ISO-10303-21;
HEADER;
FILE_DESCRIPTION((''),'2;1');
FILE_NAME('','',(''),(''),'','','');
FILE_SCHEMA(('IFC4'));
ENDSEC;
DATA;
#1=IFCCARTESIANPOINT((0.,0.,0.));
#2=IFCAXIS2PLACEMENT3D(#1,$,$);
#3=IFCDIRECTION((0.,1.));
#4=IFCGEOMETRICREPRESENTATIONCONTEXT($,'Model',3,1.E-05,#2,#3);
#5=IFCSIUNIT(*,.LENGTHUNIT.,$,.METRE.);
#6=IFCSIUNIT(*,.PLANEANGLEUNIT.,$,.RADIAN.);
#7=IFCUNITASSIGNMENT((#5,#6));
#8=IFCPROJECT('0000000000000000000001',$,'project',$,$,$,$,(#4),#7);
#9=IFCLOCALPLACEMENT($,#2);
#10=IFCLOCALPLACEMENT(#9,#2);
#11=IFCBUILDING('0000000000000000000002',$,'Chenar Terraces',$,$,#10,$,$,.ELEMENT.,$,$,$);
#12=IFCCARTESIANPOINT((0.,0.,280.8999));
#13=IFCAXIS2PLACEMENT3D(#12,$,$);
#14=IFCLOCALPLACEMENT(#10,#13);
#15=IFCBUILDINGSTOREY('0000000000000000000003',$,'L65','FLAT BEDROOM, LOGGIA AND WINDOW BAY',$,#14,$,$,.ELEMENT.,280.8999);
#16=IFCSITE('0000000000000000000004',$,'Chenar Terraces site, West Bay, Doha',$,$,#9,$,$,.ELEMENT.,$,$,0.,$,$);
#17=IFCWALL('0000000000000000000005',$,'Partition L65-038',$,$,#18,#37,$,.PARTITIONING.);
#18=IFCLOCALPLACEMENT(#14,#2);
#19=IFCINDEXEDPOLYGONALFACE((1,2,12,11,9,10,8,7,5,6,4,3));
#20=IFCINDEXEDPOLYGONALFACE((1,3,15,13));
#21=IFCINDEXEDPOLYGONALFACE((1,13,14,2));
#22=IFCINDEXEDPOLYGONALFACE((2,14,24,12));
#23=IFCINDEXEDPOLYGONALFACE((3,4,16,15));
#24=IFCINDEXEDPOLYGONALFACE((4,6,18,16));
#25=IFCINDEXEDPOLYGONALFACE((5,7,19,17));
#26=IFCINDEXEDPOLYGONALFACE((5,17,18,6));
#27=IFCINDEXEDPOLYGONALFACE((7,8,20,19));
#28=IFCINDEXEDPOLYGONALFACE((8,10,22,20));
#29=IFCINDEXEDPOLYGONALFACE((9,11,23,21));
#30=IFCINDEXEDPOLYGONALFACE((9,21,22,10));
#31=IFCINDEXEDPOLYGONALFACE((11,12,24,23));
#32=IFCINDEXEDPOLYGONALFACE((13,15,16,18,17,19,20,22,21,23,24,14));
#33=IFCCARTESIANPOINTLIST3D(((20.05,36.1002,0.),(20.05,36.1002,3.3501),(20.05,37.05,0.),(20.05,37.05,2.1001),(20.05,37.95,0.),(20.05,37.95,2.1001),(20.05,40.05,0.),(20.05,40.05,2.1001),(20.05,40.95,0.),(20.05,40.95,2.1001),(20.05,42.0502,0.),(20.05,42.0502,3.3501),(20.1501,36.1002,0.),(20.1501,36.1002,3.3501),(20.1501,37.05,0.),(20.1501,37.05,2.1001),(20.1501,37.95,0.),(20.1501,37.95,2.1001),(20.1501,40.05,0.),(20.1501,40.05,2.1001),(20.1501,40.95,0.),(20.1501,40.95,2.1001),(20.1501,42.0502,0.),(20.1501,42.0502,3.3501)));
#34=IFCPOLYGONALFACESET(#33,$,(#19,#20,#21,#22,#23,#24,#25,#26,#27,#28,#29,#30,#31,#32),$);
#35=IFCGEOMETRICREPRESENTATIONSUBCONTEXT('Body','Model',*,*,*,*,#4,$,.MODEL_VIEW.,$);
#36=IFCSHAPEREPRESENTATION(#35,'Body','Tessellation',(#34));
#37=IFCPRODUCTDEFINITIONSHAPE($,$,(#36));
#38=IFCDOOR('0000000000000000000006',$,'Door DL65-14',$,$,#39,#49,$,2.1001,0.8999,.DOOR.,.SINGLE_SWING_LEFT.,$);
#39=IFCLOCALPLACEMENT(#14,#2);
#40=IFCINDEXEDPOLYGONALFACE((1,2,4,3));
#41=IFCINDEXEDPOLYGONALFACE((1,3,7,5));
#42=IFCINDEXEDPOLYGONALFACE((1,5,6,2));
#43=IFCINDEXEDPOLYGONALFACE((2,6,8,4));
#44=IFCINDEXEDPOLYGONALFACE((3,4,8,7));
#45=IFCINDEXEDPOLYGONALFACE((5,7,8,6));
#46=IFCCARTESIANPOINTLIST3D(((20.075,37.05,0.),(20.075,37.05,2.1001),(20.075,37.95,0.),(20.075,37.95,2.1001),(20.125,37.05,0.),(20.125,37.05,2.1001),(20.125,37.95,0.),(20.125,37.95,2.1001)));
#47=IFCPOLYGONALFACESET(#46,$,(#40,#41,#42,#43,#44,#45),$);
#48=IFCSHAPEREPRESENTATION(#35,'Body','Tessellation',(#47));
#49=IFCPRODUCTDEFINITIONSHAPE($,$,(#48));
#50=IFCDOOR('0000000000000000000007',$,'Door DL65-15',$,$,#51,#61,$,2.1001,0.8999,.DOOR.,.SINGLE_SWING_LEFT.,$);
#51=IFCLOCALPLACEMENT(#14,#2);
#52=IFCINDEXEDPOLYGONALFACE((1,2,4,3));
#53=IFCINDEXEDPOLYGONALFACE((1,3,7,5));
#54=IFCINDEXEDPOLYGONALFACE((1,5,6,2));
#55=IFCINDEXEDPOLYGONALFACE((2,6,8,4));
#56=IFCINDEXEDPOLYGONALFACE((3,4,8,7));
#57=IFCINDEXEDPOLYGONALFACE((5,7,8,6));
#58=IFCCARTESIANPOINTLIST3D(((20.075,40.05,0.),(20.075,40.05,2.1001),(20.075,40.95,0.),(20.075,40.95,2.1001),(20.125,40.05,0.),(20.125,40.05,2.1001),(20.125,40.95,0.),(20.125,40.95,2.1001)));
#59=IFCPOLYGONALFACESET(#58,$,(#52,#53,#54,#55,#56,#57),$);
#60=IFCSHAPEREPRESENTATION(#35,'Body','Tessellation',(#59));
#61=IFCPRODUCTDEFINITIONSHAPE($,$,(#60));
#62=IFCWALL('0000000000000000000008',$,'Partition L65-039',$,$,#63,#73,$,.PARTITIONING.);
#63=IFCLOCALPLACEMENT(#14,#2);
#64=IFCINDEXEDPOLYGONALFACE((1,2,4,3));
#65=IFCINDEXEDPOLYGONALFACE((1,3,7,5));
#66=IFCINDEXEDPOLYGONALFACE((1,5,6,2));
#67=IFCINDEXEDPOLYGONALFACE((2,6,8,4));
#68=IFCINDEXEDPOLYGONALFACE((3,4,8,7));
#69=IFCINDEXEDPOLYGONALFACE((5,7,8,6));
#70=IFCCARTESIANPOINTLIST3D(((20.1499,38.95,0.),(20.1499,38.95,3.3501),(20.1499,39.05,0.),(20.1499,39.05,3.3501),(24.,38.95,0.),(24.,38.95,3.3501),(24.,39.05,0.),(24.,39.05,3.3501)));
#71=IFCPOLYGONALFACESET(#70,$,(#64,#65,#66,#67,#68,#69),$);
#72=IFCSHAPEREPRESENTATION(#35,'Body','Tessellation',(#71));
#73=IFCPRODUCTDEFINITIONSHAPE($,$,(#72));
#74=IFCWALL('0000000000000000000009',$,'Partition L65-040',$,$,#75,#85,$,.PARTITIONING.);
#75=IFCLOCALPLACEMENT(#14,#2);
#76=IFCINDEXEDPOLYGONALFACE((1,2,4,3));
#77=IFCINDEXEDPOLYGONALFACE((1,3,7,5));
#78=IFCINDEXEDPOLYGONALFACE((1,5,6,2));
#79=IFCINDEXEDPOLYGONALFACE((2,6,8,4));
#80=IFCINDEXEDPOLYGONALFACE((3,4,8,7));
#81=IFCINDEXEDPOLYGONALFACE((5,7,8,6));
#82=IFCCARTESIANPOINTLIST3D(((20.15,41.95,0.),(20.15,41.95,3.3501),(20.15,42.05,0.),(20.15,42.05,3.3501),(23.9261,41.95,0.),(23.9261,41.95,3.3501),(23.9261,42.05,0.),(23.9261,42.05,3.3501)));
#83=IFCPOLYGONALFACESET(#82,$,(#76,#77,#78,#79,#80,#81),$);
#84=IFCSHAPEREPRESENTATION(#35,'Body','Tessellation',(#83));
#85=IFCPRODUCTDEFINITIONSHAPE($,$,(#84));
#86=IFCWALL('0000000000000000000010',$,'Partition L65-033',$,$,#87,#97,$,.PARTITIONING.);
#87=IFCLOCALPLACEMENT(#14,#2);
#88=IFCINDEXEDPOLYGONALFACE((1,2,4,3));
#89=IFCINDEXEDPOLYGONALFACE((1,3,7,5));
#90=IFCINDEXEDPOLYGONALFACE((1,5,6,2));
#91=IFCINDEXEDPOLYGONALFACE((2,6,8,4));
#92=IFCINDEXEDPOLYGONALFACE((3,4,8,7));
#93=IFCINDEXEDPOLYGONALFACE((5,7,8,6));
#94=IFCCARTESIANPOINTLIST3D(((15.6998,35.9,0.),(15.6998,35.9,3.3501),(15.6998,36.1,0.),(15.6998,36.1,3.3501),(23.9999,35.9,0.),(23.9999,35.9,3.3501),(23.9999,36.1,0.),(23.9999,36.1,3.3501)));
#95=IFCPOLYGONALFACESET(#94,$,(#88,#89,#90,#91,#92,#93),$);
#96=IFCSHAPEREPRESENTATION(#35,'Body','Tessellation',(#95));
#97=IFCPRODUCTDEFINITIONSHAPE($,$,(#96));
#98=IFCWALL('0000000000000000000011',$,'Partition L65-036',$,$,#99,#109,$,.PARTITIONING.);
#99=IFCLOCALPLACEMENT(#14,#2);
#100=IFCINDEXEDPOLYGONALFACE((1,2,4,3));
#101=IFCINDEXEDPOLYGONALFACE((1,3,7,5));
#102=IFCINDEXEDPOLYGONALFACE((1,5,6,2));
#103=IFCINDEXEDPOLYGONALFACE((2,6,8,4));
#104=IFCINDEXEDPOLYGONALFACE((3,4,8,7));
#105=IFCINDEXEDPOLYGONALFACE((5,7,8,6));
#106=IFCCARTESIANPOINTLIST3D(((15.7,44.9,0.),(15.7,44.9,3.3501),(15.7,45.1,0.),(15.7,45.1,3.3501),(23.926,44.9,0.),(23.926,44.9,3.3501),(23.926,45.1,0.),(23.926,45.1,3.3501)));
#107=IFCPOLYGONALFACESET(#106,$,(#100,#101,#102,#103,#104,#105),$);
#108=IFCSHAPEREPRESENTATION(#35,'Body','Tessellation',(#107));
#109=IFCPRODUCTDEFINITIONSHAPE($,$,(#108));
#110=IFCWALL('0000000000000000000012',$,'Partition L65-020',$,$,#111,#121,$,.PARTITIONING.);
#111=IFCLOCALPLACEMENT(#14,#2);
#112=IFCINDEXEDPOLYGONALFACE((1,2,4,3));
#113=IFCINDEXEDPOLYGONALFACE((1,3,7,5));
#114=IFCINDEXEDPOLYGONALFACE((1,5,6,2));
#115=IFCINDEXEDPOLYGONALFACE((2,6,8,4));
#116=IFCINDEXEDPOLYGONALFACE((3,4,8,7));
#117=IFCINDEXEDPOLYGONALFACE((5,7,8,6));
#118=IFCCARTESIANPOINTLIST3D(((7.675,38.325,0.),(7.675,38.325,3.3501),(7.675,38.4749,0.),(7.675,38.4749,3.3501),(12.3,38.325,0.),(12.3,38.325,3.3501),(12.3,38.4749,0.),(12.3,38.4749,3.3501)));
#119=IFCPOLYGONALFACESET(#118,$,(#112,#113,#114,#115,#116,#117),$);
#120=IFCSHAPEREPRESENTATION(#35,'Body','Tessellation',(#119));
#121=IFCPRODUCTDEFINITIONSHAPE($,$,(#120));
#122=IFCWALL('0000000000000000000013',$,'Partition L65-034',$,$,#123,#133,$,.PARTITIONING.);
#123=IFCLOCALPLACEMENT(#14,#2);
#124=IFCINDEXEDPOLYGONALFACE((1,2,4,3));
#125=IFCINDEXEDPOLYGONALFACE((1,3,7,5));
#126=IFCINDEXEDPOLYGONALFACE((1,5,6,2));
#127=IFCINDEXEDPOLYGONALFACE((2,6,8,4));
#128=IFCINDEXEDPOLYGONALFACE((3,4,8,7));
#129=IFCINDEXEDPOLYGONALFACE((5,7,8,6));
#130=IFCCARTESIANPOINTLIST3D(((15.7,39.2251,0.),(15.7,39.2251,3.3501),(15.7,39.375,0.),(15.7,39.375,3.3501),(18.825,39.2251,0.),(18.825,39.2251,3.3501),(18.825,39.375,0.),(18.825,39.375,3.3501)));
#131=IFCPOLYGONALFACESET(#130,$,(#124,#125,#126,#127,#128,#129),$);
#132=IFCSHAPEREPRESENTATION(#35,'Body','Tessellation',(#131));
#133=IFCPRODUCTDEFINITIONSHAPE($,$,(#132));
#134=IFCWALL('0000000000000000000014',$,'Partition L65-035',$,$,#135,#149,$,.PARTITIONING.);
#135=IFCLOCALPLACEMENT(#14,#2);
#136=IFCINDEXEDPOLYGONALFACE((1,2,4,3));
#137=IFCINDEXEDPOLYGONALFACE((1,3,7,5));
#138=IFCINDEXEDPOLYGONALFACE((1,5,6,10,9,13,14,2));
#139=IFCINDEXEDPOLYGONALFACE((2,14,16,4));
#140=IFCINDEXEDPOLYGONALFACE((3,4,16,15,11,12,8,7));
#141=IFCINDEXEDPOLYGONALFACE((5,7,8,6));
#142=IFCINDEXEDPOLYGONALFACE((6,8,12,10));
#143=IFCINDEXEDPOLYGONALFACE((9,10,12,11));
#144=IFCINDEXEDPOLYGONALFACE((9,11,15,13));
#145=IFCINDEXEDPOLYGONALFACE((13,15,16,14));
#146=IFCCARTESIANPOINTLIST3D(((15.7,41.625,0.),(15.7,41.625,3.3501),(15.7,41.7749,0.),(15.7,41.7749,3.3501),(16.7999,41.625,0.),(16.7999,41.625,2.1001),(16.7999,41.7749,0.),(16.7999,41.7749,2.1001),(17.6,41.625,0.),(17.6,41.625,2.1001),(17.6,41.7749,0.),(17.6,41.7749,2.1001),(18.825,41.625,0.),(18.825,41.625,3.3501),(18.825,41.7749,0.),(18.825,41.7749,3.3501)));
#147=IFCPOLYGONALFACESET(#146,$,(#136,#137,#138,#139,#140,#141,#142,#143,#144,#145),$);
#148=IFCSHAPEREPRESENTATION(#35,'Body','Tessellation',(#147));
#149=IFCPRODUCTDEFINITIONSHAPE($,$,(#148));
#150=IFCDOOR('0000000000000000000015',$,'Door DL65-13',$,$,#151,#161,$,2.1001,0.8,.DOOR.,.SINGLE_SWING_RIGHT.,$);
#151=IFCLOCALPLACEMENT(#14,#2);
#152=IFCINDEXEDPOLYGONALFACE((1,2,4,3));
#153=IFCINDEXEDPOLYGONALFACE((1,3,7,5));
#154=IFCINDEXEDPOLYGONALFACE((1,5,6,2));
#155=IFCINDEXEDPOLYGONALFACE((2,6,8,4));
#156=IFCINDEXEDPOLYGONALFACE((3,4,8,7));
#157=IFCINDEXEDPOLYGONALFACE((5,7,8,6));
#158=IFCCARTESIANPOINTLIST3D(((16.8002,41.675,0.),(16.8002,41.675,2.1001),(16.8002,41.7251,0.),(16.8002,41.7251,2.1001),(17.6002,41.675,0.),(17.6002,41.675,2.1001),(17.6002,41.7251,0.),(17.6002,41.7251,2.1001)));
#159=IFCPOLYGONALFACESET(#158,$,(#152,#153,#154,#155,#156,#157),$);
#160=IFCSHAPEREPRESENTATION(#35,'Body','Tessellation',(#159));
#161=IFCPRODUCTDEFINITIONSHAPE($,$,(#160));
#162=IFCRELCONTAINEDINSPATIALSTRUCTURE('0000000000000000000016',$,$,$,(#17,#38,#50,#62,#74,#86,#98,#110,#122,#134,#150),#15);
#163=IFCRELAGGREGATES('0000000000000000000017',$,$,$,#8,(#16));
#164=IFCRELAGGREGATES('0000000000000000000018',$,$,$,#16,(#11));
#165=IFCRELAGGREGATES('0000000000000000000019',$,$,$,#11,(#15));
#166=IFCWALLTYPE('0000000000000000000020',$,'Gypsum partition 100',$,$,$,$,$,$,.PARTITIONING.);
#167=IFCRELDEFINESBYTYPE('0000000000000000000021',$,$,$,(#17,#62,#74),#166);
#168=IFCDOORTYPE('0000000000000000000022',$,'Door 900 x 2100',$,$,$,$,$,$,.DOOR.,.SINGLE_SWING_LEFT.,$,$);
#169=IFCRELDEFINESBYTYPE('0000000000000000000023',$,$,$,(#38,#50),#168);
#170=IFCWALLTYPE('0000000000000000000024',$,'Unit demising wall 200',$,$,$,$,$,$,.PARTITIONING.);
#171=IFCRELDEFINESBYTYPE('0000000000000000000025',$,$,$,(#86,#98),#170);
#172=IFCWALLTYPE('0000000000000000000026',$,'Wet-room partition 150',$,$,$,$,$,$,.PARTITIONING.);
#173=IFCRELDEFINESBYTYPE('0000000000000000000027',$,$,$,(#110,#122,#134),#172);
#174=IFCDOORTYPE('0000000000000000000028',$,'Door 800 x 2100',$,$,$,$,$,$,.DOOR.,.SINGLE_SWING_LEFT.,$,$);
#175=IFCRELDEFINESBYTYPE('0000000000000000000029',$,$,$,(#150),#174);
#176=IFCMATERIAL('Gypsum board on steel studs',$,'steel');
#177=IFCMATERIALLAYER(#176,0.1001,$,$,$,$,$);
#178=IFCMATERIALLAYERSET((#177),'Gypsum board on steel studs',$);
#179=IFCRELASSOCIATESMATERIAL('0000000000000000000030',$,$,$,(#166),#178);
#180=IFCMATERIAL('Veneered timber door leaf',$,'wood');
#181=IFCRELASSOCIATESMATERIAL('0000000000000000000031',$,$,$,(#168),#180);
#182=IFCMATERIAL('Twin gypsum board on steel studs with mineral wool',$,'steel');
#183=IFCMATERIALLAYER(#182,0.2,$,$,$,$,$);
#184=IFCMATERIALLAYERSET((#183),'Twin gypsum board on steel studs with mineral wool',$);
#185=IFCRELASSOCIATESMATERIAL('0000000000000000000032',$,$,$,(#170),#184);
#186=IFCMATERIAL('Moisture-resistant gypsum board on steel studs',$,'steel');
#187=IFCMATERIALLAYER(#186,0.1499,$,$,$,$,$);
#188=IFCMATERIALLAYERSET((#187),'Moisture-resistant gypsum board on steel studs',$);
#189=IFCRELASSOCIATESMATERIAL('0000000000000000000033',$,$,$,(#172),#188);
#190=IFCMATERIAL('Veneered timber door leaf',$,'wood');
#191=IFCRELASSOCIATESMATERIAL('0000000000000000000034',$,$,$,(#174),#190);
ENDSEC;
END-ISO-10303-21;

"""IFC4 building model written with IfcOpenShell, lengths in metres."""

from ifc_helpers import new_model, si_unit, direction, frame, frame_2d, origin, place, context, subcontext, project, spatial, rectangle, extrude, material, layer, layer_set, type_object, element, fill, save


model = new_model("IFC4")

# Units and contexts
model_context = context("Model", 3, precision=1e-05, world=origin(), true_north=direction((0.0, 1.0)))
body_context = subcontext(model_context, "Body", "Model", "MODEL_VIEW")
ifc_project = project(units=[si_unit("LENGTHUNIT", "METRE"), si_unit("PLANEANGLEUNIT", "RADIAN")], contexts=[model_context])

# Site, building, storey
site_placement = place(None, origin())
site = spatial("IfcSite", under=ifc_project, at=site_placement, Name="Chenar Terraces site, West Bay, Doha", CompositionType="ELEMENT", RefElevation=0.0)
building_placement = place(site_placement, origin())
building = spatial("IfcBuilding", under=site, at=building_placement, Name="Chenar Terraces", CompositionType="ELEMENT")
storey_placement = place(building_placement, frame((0.0, 0.0, 280.8999)))
storey = spatial("IfcBuildingStorey", under=building, at=storey_placement, Name="L65", Description="FLAT BEDROOM, LOGGIA AND WINDOW BAY", CompositionType="ELEMENT", Elevation=280.8999)

# Shared definitions
ifc_material_1 = material(Name="Gypsum board on steel studs", Category="steel")
ifc_layer_1 = layer(ifc_material_1, 0.1001)
ifc_layer_set_1 = layer_set([ifc_layer_1], Name="Gypsum board on steel studs")
wall_type_1 = type_object("IfcWallType", Name="Gypsum partition 100", PredefinedType="PARTITIONING", material=ifc_layer_set_1)

# Wall, openings, doors
wall_1_placement = place(storey_placement, frame((20.1001, 36.1001, 0.0), z_axis=(0.0, 0.0, 1.0), x_axis=(0.0, 1.0, 0.0)))
wall_1 = element("IfcWall", 1, at=wall_1_placement, inside=storey, type_object=wall_type_1, Name="Partition L65-038", PredefinedType="PARTITIONING", context=body_context, shape_type="SweptSolid", body=[
    extrude(rectangle(XDim=5.95, YDim=0.1001, at=frame_2d((2.9751, 0.0))), origin(), (0.0, 0.0, 1.0), 3.3501),
])
opening_1_placement = place(wall_1_placement, frame((0.95, 0.0, 0.0)))
opening_1 = element("IfcOpeningElement", 2, at=opening_1_placement, cuts=wall_1, PredefinedType="OPENING", context=body_context, shape_type="SweptSolid", body=[
    extrude(rectangle(XDim=0.8999, YDim=2.1001, at=frame_2d((0.45, 1.05))), frame((0.0, 0.0601, 0.0), z_axis=(0.0, -1.0, 0.0), x_axis=(1.0, 0.0, 0.0)), (0.0, 0.0, 1.0), 0.1201),
])
opening_2_placement = place(wall_1_placement, frame((3.95, 0.0, 0.0)))
opening_2 = element("IfcOpeningElement", 3, at=opening_2_placement, cuts=wall_1, PredefinedType="OPENING", context=body_context, shape_type="SweptSolid", body=[
    extrude(rectangle(XDim=0.8999, YDim=2.1001, at=frame_2d((0.45, 1.05))), frame((0.0, 0.0601, 0.0), z_axis=(0.0, -1.0, 0.0), x_axis=(1.0, 0.0, 0.0)), (0.0, 0.0, 1.0), 0.1201),
])
ifc_material_2 = material(Name="Veneered timber door leaf", Category="wood")
door_type_1 = type_object("IfcDoorType", Name="Door 900 x 2100", OperationType="SINGLE_SWING_LEFT", PredefinedType="DOOR", material=ifc_material_2)
door_1_placement = place(opening_1_placement, frame((0.8999, 0.0, 0.0), z_axis=(0.0, 0.0, 1.0), x_axis=(-1.0, 0.0, 0.0)))
door_1 = element("IfcDoor", 4, at=door_1_placement, inside=storey, type_object=door_type_1, Name="Door DL65-14", OperationType="SINGLE_SWING_LEFT", OverallHeight=2.1001, OverallWidth=0.8999, PredefinedType="DOOR", context=body_context, shape_type="SweptSolid", body=[
    extrude(rectangle(XDim=0.8999, YDim=2.1001, at=frame_2d((0.45, 1.05))), frame((0.0, 0.0249, 0.0), z_axis=(0.0, -1.0, 0.0), x_axis=(1.0, 0.0, 0.0)), (0.0, 0.0, 1.0), 0.05),
])
fill(opening_1, door_1)
door_2_placement = place(opening_2_placement, frame((0.8999, 0.0, 0.0), z_axis=(0.0, 0.0, 1.0), x_axis=(-1.0, 0.0, 0.0)))
door_2 = element("IfcDoor", 5, at=door_2_placement, inside=storey, type_object=door_type_1, Name="Door DL65-15", OperationType="SINGLE_SWING_LEFT", OverallHeight=2.1001, OverallWidth=0.8999, PredefinedType="DOOR", context=body_context, shape_type="SweptSolid", body=[
    extrude(rectangle(XDim=0.8999, YDim=2.1001, at=frame_2d((0.45, 1.05))), frame((0.0, 0.0249, 0.0), z_axis=(0.0, -1.0, 0.0), x_axis=(1.0, 0.0, 0.0)), (0.0, 0.0, 1.0), 0.05),
])
fill(opening_2, door_2)

# Walls
wall_2_placement = place(storey_placement, frame((20.1499, 39.0, 0.0), z_axis=(0.0, 0.0, 1.0), x_axis=(1.0, 0.0, 0.0)))
element("IfcWall", 6, at=wall_2_placement, inside=storey, type_object=wall_type_1, Name="Partition L65-039", PredefinedType="PARTITIONING", context=body_context, shape_type="SweptSolid", body=[
    extrude(rectangle(XDim=3.8501, YDim=0.1001, at=frame_2d((1.925, 0.0))), origin(), (0.0, 0.0, 1.0), 3.3501),
])
wall_3_placement = place(storey_placement, frame((20.1499, 42.0, 0.0), z_axis=(0.0, 0.0, 1.0), x_axis=(1.0, 0.0, 0.0)))
element("IfcWall", 7, at=wall_3_placement, inside=storey, type_object=wall_type_1, Name="Partition L65-040", PredefinedType="PARTITIONING", context=body_context, shape_type="SweptSolid", body=[
    extrude(rectangle(XDim=3.7761, YDim=0.1001, at=frame_2d((1.8882, 0.0))), origin(), (0.0, 0.0, 1.0), 3.3501),
])
ifc_material_3 = material(Name="Twin gypsum board on steel studs with mineral wool", Category="steel")
ifc_layer_2 = layer(ifc_material_3, 0.2)
ifc_layer_set_2 = layer_set([ifc_layer_2], Name="Twin gypsum board on steel studs with mineral wool")
wall_type_2 = type_object("IfcWallType", Name="Unit demising wall 200", PredefinedType="PARTITIONING", material=ifc_layer_set_2)
wall_4_placement = place(storey_placement, frame((15.7, 36.0, 0.0), z_axis=(0.0, 0.0, 1.0), x_axis=(1.0, 0.0, 0.0)))
element("IfcWall", 8, at=wall_4_placement, inside=storey, type_object=wall_type_2, Name="Partition L65-033", PredefinedType="PARTITIONING", context=body_context, shape_type="SweptSolid", body=[
    extrude(rectangle(XDim=8.3, YDim=0.2, at=frame_2d((4.1499, 0.0))), origin(), (0.0, 0.0, 1.0), 3.3501),
])
wall_5_placement = place(storey_placement, frame((15.7, 45.0, 0.0), z_axis=(0.0, 0.0, 1.0), x_axis=(1.0, 0.0, 0.0)))
element("IfcWall", 9, at=wall_5_placement, inside=storey, type_object=wall_type_2, Name="Partition L65-036", PredefinedType="PARTITIONING", context=body_context, shape_type="SweptSolid", body=[
    extrude(rectangle(XDim=8.2261, YDim=0.2, at=frame_2d((4.113, 0.0))), origin(), (0.0, 0.0, 1.0), 3.3501),
])
ifc_material_4 = material(Name="Moisture-resistant gypsum board on steel studs", Category="steel")
ifc_layer_3 = layer(ifc_material_4, 0.1499)
ifc_layer_set_3 = layer_set([ifc_layer_3], Name="Moisture-resistant gypsum board on steel studs")
wall_type_3 = type_object("IfcWallType", Name="Wet-room partition 150", PredefinedType="PARTITIONING", material=ifc_layer_set_3)
wall_6_placement = place(storey_placement, frame((7.675, 38.3999, 0.0), z_axis=(0.0, 0.0, 1.0), x_axis=(1.0, 0.0, 0.0)))
element("IfcWall", 10, at=wall_6_placement, inside=storey, type_object=wall_type_3, Name="Partition L65-020", PredefinedType="PARTITIONING", context=body_context, shape_type="SweptSolid", body=[
    extrude(rectangle(XDim=4.625, YDim=0.1499, at=frame_2d((2.3125, 0.0))), origin(), (0.0, 0.0, 1.0), 3.3501),
])
wall_7_placement = place(storey_placement, frame((15.7, 39.3, 0.0), z_axis=(0.0, 0.0, 1.0), x_axis=(1.0, 0.0, 0.0)))
element("IfcWall", 11, at=wall_7_placement, inside=storey, type_object=wall_type_3, Name="Partition L65-034", PredefinedType="PARTITIONING", context=body_context, shape_type="SweptSolid", body=[
    extrude(rectangle(XDim=3.125, YDim=0.1499, at=frame_2d((1.5625, 0.0))), origin(), (0.0, 0.0, 1.0), 3.3501),
])

# Wall, opening, door
wall_8_placement = place(storey_placement, frame((15.7, 41.7, 0.0), z_axis=(0.0, 0.0, 1.0), x_axis=(1.0, 0.0, 0.0)))
wall_8 = element("IfcWall", 12, at=wall_8_placement, inside=storey, type_object=wall_type_3, Name="Partition L65-035", PredefinedType="PARTITIONING", context=body_context, shape_type="SweptSolid", body=[
    extrude(rectangle(XDim=3.125, YDim=0.1499, at=frame_2d((1.5625, 0.0))), origin(), (0.0, 0.0, 1.0), 3.3501),
])
opening_3_placement = place(wall_8_placement, frame((1.1001, 0.0, 0.0)))
opening_3 = element("IfcOpeningElement", 13, at=opening_3_placement, cuts=wall_8, PredefinedType="OPENING", context=body_context, shape_type="SweptSolid", body=[
    extrude(rectangle(XDim=0.8, YDim=2.1001, at=frame_2d((0.3999, 1.05))), frame((0.0, 0.085, 0.0), z_axis=(0.0, -1.0, 0.0), x_axis=(1.0, 0.0, 0.0)), (0.0, 0.0, 1.0), 0.1699),
])
ifc_material_5 = material(Name="Veneered timber door leaf", Category="wood")
door_type_2 = type_object("IfcDoorType", Name="Door 800 x 2100", OperationType="SINGLE_SWING_LEFT", PredefinedType="DOOR", material=ifc_material_5)
door_3_placement = place(opening_3_placement, frame((0.8, 0.0, 0.0), z_axis=(0.0, 0.0, 1.0), x_axis=(-1.0, 0.0, 0.0)))
door_3 = element("IfcDoor", 14, at=door_3_placement, inside=storey, type_object=door_type_2, Name="Door DL65-13", OperationType="SINGLE_SWING_RIGHT", OverallHeight=2.1001, OverallWidth=0.8, PredefinedType="DOOR", context=body_context, shape_type="SweptSolid", body=[
    extrude(rectangle(XDim=0.8, YDim=2.1001, at=frame_2d((0.3999, 1.05))), frame((0.0, 0.0249, 0.0), z_axis=(0.0, -1.0, 0.0), x_axis=(1.0, 0.0, 0.0)), (0.0, 0.0, 1.0), 0.05),
])
fill(opening_3, door_3)

save(model, "model.ifc")
